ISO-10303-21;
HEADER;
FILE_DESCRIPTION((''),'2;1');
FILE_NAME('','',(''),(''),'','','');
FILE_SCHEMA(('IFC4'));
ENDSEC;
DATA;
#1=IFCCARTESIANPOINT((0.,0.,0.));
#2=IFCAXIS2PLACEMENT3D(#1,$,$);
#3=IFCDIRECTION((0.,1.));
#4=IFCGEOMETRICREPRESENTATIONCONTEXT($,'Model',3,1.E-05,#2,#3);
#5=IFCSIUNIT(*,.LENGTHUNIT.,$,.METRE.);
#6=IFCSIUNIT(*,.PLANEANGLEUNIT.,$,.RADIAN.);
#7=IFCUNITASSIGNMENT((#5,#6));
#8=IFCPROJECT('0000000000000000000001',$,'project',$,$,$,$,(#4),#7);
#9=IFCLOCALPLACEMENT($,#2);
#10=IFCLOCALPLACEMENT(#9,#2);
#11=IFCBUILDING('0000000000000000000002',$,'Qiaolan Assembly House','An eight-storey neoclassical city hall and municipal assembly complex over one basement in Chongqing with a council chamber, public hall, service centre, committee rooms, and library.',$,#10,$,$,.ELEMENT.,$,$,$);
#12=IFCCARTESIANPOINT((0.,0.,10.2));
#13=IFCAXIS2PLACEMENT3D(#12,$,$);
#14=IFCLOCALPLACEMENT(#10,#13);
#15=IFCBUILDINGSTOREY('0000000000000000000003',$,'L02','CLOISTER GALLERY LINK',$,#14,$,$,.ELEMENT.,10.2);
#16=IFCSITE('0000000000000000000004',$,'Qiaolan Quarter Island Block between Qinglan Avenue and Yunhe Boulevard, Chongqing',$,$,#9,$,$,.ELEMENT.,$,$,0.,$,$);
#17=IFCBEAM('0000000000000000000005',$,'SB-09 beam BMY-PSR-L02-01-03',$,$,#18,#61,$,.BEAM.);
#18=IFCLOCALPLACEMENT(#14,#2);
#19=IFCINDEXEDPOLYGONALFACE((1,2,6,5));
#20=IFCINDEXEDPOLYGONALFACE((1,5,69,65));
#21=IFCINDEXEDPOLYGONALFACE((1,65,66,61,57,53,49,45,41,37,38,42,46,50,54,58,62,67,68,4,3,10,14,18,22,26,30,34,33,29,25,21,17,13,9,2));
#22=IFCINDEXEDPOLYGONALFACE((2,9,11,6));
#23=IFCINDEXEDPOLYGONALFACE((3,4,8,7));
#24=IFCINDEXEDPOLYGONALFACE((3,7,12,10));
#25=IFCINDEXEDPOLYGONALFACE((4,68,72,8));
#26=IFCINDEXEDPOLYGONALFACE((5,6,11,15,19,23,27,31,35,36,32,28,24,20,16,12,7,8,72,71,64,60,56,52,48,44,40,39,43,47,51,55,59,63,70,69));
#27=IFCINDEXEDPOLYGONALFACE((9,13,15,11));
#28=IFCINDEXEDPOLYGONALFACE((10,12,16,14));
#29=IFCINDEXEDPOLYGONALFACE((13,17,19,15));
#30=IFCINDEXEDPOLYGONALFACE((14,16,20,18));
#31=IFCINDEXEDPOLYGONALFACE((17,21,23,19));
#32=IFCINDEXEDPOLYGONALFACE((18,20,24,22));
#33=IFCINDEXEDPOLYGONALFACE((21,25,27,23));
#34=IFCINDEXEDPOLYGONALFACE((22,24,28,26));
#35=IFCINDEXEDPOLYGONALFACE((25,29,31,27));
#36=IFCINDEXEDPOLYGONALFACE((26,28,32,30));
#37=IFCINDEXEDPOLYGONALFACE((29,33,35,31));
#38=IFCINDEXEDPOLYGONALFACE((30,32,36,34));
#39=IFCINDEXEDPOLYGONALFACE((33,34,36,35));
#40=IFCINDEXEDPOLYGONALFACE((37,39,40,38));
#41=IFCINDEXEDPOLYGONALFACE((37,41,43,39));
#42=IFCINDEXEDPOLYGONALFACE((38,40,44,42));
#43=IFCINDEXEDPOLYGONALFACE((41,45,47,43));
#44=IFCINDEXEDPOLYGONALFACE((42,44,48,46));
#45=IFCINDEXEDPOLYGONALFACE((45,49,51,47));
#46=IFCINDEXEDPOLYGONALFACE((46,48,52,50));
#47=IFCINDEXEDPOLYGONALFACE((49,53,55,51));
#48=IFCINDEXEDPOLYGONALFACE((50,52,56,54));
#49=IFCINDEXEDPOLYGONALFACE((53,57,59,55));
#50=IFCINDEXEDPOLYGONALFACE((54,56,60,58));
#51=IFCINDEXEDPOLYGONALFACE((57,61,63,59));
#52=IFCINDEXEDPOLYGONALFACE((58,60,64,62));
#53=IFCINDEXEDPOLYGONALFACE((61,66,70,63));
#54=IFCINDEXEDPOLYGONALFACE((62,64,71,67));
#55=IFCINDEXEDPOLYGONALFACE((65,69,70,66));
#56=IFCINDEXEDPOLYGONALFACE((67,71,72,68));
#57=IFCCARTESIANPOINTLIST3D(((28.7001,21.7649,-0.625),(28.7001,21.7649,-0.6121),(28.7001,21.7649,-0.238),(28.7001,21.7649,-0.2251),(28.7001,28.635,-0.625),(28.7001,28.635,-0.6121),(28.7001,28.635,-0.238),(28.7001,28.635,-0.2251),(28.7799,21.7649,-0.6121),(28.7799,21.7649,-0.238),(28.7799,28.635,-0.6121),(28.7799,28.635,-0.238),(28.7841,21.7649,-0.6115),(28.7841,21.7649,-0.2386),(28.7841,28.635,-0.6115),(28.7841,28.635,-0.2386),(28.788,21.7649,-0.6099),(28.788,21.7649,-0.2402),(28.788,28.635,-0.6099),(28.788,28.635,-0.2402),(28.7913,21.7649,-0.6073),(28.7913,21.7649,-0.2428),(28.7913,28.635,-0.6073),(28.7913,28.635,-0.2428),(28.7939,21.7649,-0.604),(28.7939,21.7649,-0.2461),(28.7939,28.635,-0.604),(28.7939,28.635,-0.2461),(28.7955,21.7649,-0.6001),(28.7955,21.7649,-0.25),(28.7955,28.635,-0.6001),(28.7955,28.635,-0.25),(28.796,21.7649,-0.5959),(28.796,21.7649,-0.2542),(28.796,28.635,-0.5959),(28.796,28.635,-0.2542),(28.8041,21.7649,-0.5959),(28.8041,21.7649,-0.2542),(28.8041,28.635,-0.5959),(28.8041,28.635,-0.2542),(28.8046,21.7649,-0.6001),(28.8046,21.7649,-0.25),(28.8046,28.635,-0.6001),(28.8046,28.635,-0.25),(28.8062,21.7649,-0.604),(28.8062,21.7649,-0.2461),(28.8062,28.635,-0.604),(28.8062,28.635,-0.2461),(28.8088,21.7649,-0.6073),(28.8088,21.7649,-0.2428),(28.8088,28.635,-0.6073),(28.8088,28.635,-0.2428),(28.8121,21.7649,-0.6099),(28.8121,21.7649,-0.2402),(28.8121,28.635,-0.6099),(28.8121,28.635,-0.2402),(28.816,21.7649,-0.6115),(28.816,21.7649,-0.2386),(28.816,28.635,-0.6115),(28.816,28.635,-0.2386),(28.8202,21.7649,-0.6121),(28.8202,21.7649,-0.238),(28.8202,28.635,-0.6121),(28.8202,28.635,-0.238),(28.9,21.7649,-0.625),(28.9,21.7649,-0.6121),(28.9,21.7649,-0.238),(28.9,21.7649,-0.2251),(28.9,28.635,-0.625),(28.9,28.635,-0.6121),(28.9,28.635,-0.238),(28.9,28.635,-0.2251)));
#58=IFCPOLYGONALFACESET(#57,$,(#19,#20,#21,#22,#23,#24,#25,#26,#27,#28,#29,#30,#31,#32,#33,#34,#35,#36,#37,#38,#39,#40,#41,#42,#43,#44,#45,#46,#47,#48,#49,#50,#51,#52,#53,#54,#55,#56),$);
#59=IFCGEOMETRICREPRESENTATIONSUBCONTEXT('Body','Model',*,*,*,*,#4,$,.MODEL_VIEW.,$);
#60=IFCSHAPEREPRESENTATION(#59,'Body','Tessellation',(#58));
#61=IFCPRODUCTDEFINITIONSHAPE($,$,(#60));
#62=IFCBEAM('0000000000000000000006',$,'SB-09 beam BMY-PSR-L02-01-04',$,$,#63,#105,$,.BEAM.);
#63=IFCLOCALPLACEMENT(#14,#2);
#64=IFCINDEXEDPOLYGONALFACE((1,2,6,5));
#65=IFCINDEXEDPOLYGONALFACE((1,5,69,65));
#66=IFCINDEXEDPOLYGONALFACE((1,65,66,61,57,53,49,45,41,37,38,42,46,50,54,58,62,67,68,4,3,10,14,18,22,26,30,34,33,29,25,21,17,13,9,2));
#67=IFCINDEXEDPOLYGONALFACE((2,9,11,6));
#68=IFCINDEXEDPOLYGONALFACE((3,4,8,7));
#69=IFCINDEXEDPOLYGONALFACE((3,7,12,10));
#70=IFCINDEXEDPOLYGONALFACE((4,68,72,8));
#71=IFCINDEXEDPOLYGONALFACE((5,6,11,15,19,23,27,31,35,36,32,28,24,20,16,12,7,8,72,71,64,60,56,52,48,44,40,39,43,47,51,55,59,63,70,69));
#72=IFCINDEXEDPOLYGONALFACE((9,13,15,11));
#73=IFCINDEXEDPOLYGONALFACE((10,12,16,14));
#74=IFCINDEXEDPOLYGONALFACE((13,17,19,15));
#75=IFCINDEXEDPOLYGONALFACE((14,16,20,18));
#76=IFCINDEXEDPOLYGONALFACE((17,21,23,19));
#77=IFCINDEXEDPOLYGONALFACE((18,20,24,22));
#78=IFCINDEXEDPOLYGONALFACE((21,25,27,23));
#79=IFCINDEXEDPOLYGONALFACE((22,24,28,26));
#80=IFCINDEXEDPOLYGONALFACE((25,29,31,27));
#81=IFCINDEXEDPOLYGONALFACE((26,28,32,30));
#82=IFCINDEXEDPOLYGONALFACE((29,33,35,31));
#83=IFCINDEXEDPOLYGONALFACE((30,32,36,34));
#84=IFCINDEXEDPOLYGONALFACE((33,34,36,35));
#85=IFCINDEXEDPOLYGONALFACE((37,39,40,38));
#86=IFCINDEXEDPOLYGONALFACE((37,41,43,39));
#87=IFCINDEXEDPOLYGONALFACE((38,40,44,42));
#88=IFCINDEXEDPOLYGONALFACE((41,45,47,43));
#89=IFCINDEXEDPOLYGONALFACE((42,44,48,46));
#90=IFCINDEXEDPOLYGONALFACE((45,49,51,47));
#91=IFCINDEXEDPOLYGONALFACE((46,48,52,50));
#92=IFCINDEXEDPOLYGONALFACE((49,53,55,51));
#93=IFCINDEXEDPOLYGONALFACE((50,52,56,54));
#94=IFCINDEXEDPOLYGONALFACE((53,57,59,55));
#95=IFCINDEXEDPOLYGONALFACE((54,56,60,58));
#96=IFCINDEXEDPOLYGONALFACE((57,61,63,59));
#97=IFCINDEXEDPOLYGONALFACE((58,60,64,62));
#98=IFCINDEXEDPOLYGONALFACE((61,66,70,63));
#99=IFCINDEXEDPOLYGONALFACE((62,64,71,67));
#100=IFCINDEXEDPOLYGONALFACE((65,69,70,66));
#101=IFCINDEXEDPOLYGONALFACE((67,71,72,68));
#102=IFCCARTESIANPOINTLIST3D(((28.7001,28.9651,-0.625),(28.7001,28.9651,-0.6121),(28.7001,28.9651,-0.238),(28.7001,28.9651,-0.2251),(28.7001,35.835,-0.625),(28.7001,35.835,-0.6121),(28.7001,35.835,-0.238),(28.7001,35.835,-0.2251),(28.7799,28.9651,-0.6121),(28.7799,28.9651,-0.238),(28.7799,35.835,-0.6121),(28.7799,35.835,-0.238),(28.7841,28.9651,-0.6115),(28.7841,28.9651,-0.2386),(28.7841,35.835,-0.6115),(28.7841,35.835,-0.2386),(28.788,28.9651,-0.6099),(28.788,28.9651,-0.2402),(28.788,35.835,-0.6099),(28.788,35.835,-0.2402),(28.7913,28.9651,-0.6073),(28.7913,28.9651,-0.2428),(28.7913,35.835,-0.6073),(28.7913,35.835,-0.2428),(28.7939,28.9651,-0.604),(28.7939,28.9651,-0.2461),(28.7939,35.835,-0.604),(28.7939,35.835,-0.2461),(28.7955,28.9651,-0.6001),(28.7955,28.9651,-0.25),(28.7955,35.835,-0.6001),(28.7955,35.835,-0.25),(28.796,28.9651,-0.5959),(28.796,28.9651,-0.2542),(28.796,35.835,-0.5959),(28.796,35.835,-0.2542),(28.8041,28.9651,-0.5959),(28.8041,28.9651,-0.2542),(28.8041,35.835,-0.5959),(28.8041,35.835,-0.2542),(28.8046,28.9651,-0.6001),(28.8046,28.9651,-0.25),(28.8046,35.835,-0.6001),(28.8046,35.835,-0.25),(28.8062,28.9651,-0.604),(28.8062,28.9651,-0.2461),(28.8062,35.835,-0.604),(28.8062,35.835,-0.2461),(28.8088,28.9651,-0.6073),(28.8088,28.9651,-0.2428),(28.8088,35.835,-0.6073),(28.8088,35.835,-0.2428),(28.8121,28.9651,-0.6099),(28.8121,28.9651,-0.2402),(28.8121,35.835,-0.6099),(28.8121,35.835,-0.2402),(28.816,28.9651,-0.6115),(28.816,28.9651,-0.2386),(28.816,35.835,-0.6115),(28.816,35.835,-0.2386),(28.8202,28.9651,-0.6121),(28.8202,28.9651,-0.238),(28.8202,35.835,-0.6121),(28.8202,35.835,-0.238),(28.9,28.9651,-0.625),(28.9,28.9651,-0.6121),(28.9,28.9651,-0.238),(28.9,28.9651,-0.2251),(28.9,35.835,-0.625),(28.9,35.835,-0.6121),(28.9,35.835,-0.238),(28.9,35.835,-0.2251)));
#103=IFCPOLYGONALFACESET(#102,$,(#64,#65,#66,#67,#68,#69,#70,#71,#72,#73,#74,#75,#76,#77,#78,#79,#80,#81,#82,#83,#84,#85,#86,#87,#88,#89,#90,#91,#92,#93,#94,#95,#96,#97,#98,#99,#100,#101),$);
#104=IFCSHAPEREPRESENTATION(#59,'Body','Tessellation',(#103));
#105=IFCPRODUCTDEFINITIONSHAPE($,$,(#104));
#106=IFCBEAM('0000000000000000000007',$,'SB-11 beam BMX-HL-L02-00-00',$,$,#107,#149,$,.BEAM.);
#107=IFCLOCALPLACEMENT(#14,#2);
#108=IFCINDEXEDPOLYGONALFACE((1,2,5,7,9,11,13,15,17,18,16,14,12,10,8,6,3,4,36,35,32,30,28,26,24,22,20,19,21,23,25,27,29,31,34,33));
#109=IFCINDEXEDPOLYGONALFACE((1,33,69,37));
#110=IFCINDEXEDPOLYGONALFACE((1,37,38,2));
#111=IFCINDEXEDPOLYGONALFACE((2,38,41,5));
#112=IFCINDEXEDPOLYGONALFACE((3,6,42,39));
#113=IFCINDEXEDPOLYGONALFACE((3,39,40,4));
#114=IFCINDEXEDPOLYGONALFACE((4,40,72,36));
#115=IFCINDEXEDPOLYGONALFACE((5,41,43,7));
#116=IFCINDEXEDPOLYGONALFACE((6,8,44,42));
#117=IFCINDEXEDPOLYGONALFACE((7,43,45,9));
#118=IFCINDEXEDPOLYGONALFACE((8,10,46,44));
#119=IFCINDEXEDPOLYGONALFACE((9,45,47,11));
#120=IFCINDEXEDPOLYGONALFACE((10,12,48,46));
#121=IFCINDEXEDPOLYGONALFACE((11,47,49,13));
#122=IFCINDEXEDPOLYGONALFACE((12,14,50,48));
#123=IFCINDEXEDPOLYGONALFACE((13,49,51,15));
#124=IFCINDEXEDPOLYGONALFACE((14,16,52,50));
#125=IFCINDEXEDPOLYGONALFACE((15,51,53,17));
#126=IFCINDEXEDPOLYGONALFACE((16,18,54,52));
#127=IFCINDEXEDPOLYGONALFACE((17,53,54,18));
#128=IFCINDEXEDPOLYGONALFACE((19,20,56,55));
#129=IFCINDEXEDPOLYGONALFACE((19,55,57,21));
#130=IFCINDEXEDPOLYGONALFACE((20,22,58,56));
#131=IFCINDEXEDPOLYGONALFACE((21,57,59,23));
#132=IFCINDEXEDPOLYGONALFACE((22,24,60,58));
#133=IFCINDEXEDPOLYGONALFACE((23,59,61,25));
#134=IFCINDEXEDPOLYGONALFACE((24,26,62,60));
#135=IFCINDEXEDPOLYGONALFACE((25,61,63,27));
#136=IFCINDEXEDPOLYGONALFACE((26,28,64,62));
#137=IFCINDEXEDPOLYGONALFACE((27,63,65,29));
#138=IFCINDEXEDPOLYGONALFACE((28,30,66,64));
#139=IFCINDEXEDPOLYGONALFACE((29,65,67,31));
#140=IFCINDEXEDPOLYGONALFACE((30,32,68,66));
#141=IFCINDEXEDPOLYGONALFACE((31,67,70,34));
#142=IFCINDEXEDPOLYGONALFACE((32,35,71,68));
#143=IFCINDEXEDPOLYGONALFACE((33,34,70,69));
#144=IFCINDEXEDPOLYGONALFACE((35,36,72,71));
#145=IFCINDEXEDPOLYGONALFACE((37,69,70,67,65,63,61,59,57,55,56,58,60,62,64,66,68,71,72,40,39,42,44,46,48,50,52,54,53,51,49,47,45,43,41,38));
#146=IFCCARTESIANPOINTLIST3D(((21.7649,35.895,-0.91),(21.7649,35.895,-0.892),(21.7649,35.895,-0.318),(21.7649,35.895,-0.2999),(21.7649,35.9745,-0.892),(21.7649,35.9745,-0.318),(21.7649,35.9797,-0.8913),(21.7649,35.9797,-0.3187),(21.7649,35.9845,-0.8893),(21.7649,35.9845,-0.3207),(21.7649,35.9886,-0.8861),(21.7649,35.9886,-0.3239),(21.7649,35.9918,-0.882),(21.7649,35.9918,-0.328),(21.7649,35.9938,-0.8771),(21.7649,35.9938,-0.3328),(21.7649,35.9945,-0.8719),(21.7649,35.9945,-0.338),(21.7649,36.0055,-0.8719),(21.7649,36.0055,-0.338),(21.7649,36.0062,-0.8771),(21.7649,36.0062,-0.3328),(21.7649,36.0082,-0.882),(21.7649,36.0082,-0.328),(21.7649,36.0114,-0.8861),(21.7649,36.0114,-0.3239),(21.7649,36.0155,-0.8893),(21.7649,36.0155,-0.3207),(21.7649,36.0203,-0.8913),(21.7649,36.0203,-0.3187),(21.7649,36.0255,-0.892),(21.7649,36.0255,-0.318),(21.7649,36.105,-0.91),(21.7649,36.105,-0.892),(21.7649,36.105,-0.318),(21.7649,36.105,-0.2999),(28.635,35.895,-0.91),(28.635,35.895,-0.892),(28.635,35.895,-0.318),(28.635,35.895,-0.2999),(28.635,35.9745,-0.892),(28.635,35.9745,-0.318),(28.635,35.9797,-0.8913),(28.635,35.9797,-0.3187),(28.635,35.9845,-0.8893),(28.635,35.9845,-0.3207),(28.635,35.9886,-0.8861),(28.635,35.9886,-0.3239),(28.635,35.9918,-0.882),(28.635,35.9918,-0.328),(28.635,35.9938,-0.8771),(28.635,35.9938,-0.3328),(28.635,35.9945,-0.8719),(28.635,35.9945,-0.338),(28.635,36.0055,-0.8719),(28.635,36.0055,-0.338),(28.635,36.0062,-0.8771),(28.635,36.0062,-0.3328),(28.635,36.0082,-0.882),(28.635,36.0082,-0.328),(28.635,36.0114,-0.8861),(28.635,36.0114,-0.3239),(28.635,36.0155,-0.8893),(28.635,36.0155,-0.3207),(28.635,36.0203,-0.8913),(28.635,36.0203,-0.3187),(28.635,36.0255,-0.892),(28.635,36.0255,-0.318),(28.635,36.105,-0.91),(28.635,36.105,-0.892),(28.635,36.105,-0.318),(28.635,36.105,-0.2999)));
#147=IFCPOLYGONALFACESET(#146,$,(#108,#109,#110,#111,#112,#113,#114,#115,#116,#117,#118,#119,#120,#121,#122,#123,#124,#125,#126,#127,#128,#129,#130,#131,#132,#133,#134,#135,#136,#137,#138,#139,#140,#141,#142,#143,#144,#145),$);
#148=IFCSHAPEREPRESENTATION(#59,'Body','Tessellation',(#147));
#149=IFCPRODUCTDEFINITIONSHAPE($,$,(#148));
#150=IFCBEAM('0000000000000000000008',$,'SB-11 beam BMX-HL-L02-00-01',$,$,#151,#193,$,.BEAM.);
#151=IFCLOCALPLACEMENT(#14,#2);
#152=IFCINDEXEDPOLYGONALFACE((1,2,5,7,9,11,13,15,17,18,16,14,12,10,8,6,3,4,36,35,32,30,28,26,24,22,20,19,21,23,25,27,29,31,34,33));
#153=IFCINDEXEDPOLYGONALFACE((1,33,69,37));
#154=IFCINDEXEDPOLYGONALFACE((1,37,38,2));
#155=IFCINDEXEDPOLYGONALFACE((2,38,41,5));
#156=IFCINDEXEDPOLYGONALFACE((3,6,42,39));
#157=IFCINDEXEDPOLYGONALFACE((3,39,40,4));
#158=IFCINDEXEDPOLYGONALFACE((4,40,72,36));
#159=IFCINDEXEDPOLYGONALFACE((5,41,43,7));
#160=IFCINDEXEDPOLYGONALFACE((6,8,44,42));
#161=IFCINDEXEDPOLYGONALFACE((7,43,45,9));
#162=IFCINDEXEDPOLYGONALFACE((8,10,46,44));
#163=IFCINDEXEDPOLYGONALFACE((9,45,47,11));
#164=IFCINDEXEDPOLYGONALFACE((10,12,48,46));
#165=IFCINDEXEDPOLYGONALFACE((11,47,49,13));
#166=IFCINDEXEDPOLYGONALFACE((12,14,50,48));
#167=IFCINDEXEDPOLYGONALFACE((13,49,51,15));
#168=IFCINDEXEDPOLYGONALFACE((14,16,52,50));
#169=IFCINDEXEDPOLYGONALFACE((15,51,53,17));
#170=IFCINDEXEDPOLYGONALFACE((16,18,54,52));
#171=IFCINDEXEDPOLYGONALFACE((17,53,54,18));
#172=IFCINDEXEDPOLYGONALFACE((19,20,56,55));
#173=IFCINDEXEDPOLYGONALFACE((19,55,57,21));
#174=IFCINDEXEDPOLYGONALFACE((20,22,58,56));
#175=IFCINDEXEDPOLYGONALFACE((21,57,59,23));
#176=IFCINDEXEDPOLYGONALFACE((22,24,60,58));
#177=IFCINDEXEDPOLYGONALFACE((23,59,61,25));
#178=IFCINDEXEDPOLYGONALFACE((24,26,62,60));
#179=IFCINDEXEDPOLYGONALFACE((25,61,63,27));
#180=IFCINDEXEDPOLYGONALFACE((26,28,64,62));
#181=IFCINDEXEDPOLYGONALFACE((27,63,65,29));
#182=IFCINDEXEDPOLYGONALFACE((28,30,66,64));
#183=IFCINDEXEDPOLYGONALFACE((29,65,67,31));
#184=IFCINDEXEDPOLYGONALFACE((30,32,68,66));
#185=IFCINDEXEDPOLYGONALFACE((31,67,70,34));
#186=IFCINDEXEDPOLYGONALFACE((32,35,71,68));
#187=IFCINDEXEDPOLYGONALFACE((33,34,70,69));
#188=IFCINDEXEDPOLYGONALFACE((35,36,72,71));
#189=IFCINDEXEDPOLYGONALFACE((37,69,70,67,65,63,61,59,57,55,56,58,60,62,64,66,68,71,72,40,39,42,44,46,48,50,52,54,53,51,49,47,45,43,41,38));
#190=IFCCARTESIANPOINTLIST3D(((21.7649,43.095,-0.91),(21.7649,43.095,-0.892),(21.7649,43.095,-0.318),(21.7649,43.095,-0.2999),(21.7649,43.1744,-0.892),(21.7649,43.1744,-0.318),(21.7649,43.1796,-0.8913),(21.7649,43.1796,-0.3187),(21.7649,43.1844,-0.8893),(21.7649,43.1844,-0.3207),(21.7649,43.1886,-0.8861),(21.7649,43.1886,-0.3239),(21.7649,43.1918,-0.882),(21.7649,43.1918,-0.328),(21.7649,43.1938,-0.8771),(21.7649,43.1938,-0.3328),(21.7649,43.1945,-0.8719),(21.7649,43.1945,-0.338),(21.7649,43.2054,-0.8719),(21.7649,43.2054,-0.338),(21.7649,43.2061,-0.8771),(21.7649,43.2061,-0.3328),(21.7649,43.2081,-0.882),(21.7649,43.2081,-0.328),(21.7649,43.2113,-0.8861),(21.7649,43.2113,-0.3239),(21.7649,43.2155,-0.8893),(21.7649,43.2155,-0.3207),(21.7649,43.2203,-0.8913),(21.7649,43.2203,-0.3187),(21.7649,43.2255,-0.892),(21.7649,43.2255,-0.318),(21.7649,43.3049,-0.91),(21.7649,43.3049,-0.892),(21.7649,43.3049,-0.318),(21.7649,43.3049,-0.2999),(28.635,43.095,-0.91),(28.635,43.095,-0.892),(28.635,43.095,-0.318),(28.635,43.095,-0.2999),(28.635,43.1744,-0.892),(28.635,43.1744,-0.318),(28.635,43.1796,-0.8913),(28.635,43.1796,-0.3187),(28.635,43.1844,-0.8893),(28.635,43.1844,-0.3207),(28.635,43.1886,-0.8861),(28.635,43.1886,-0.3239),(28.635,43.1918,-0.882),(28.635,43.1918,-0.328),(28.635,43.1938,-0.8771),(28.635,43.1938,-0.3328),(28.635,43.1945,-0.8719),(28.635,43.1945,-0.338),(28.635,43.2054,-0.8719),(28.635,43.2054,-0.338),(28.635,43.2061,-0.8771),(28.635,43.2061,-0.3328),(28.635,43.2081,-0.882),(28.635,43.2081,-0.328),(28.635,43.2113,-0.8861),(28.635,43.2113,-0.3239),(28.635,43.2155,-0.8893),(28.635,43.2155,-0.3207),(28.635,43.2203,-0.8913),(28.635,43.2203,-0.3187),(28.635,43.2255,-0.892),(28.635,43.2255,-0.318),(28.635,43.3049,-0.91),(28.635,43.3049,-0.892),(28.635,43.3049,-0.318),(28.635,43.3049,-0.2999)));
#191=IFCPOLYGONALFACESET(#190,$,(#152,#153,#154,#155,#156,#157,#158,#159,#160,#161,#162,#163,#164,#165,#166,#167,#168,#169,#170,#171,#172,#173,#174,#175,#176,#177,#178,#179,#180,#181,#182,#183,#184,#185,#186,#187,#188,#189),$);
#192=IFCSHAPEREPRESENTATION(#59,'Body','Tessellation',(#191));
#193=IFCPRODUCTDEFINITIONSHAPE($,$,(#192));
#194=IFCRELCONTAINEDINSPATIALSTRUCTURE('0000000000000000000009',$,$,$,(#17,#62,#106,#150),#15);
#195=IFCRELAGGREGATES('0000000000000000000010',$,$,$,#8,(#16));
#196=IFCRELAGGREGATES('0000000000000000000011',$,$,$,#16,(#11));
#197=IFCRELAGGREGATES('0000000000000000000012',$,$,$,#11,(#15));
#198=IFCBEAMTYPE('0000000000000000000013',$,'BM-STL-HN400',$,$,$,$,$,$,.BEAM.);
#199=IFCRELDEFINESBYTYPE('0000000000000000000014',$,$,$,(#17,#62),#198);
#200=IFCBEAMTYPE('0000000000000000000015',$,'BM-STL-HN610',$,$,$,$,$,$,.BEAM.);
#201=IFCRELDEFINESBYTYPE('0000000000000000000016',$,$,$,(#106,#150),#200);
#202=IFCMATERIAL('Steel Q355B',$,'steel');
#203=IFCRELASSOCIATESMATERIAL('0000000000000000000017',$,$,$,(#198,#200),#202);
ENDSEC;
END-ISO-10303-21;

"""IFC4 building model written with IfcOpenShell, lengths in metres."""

from ifc_helpers import new_model, si_unit, direction, frame, origin, origin_2d, place, context, subcontext, project, spatial, i_section, extrude, material, material_profile, profile_set, type_object, element, save


model = new_model("IFC4")

# Units and contexts
model_context = context("Model", 3, precision=1e-05, world=origin(), true_north=direction((0.0, 1.0)))
body_context = subcontext(model_context, "Body", "Model", "MODEL_VIEW")
ifc_project = project(units=[si_unit("LENGTHUNIT", "METRE"), si_unit("PLANEANGLEUNIT", "RADIAN")], contexts=[model_context])

# Site, building, storey
site_placement = place(None, origin())
site = spatial("IfcSite", under=ifc_project, at=site_placement, Name="Qiaolan Quarter Island Block between Qinglan Avenue and Yunhe Boulevard, Chongqing", CompositionType="ELEMENT", RefElevation=0.0)
building_placement = place(site_placement, origin())
building = spatial("IfcBuilding", under=site, at=building_placement, Name="Qiaolan Assembly House", Description="An eight-storey neoclassical city hall and municipal assembly complex over one basement in Chongqing with a council chamber, public hall, service centre, committee rooms, and library.", CompositionType="ELEMENT")
storey_placement = place(building_placement, frame((0.0, 0.0, 10.2)))
storey = spatial("IfcBuildingStorey", under=building, at=storey_placement, Name="L02", Description="CLOISTER GALLERY LINK", CompositionType="ELEMENT", Elevation=10.2)

# Shared definitions
ifc_material_1 = material(Name="Steel Q355B", Category="steel")

# Beams
ifc_material_profile_1 = material_profile(ifc_material_1, i_section(OverallWidth=0.2, OverallDepth=0.3999, WebThickness=0.0081, FlangeThickness=0.0129, FilletRadius=0.0161, at=origin_2d()), Name="HN 400x200x8x13")
ifc_profile_set_1 = profile_set([ifc_material_profile_1], Name="Steel Q355B")
beam_type_1 = type_object("IfcBeamType", Name="BM-STL-HN400", PredefinedType="BEAM", material=ifc_profile_set_1)
beam_1_placement = place(storey_placement, frame((28.8, 21.7649, -0.425), z_axis=(0.0, 1.0, 0.0), x_axis=(-1.0, 0.0, 0.0)))
element("IfcBeam", 1, at=beam_1_placement, inside=storey, type_object=beam_type_1, Name="SB-09 beam BMY-PSR-L02-01-03", PredefinedType="BEAM", context=body_context, shape_type="SweptSolid", body=[
    extrude(i_section(OverallWidth=0.2, OverallDepth=0.3999, WebThickness=0.0081, FlangeThickness=0.0129, FilletRadius=0.0161, at=origin_2d()), origin(), (0.0, 0.0, 1.0), 6.8701),
])
beam_2_placement = place(storey_placement, frame((28.8, 28.9651, -0.425), z_axis=(0.0, 1.0, 0.0), x_axis=(-1.0, 0.0, 0.0)))
element("IfcBeam", 2, at=beam_2_placement, inside=storey, type_object=beam_type_1, Name="SB-09 beam BMY-PSR-L02-01-04", PredefinedType="BEAM", context=body_context, shape_type="SweptSolid", body=[
    extrude(i_section(OverallWidth=0.2, OverallDepth=0.3999, WebThickness=0.0081, FlangeThickness=0.0129, FilletRadius=0.0161, at=origin_2d()), origin(), (0.0, 0.0, 1.0), 6.8699),
])
ifc_material_profile_2 = material_profile(ifc_material_1, i_section(OverallWidth=0.21, OverallDepth=0.6101, WebThickness=0.011, FlangeThickness=0.0181, FilletRadius=0.02, at=origin_2d()), Name="HN 610x210x11x18")
ifc_profile_set_2 = profile_set([ifc_material_profile_2], Name="Steel Q355B")
beam_type_2 = type_object("IfcBeamType", Name="BM-STL-HN610", PredefinedType="BEAM", material=ifc_profile_set_2)
for number, where, z_axis, x_axis, name in (
    (3, (21.7649, 36.0, -0.605), (1.0, 0.0, 0.0), (0.0, 1.0, 0.0), "SB-11 beam BMX-HL-L02-00-00"),
    (4, (21.7649, 43.2, -0.605), (1.0, 0.0, 0.0), (0.0, 1.0, 0.0), "SB-11 beam BMX-HL-L02-00-01"),
):
    element("IfcBeam", number, at=place(storey_placement, frame(where, z_axis=z_axis, x_axis=x_axis)), inside=storey, type_object=beam_type_2, Name=name, PredefinedType="BEAM", context=body_context, shape_type="SweptSolid", body=[
        extrude(i_section(OverallWidth=0.21, OverallDepth=0.6101, WebThickness=0.011, FlangeThickness=0.0181, FilletRadius=0.02, at=origin_2d()), origin(), (0.0, 0.0, 1.0), 6.8701),
    ])

save(model, "model.ifc")
